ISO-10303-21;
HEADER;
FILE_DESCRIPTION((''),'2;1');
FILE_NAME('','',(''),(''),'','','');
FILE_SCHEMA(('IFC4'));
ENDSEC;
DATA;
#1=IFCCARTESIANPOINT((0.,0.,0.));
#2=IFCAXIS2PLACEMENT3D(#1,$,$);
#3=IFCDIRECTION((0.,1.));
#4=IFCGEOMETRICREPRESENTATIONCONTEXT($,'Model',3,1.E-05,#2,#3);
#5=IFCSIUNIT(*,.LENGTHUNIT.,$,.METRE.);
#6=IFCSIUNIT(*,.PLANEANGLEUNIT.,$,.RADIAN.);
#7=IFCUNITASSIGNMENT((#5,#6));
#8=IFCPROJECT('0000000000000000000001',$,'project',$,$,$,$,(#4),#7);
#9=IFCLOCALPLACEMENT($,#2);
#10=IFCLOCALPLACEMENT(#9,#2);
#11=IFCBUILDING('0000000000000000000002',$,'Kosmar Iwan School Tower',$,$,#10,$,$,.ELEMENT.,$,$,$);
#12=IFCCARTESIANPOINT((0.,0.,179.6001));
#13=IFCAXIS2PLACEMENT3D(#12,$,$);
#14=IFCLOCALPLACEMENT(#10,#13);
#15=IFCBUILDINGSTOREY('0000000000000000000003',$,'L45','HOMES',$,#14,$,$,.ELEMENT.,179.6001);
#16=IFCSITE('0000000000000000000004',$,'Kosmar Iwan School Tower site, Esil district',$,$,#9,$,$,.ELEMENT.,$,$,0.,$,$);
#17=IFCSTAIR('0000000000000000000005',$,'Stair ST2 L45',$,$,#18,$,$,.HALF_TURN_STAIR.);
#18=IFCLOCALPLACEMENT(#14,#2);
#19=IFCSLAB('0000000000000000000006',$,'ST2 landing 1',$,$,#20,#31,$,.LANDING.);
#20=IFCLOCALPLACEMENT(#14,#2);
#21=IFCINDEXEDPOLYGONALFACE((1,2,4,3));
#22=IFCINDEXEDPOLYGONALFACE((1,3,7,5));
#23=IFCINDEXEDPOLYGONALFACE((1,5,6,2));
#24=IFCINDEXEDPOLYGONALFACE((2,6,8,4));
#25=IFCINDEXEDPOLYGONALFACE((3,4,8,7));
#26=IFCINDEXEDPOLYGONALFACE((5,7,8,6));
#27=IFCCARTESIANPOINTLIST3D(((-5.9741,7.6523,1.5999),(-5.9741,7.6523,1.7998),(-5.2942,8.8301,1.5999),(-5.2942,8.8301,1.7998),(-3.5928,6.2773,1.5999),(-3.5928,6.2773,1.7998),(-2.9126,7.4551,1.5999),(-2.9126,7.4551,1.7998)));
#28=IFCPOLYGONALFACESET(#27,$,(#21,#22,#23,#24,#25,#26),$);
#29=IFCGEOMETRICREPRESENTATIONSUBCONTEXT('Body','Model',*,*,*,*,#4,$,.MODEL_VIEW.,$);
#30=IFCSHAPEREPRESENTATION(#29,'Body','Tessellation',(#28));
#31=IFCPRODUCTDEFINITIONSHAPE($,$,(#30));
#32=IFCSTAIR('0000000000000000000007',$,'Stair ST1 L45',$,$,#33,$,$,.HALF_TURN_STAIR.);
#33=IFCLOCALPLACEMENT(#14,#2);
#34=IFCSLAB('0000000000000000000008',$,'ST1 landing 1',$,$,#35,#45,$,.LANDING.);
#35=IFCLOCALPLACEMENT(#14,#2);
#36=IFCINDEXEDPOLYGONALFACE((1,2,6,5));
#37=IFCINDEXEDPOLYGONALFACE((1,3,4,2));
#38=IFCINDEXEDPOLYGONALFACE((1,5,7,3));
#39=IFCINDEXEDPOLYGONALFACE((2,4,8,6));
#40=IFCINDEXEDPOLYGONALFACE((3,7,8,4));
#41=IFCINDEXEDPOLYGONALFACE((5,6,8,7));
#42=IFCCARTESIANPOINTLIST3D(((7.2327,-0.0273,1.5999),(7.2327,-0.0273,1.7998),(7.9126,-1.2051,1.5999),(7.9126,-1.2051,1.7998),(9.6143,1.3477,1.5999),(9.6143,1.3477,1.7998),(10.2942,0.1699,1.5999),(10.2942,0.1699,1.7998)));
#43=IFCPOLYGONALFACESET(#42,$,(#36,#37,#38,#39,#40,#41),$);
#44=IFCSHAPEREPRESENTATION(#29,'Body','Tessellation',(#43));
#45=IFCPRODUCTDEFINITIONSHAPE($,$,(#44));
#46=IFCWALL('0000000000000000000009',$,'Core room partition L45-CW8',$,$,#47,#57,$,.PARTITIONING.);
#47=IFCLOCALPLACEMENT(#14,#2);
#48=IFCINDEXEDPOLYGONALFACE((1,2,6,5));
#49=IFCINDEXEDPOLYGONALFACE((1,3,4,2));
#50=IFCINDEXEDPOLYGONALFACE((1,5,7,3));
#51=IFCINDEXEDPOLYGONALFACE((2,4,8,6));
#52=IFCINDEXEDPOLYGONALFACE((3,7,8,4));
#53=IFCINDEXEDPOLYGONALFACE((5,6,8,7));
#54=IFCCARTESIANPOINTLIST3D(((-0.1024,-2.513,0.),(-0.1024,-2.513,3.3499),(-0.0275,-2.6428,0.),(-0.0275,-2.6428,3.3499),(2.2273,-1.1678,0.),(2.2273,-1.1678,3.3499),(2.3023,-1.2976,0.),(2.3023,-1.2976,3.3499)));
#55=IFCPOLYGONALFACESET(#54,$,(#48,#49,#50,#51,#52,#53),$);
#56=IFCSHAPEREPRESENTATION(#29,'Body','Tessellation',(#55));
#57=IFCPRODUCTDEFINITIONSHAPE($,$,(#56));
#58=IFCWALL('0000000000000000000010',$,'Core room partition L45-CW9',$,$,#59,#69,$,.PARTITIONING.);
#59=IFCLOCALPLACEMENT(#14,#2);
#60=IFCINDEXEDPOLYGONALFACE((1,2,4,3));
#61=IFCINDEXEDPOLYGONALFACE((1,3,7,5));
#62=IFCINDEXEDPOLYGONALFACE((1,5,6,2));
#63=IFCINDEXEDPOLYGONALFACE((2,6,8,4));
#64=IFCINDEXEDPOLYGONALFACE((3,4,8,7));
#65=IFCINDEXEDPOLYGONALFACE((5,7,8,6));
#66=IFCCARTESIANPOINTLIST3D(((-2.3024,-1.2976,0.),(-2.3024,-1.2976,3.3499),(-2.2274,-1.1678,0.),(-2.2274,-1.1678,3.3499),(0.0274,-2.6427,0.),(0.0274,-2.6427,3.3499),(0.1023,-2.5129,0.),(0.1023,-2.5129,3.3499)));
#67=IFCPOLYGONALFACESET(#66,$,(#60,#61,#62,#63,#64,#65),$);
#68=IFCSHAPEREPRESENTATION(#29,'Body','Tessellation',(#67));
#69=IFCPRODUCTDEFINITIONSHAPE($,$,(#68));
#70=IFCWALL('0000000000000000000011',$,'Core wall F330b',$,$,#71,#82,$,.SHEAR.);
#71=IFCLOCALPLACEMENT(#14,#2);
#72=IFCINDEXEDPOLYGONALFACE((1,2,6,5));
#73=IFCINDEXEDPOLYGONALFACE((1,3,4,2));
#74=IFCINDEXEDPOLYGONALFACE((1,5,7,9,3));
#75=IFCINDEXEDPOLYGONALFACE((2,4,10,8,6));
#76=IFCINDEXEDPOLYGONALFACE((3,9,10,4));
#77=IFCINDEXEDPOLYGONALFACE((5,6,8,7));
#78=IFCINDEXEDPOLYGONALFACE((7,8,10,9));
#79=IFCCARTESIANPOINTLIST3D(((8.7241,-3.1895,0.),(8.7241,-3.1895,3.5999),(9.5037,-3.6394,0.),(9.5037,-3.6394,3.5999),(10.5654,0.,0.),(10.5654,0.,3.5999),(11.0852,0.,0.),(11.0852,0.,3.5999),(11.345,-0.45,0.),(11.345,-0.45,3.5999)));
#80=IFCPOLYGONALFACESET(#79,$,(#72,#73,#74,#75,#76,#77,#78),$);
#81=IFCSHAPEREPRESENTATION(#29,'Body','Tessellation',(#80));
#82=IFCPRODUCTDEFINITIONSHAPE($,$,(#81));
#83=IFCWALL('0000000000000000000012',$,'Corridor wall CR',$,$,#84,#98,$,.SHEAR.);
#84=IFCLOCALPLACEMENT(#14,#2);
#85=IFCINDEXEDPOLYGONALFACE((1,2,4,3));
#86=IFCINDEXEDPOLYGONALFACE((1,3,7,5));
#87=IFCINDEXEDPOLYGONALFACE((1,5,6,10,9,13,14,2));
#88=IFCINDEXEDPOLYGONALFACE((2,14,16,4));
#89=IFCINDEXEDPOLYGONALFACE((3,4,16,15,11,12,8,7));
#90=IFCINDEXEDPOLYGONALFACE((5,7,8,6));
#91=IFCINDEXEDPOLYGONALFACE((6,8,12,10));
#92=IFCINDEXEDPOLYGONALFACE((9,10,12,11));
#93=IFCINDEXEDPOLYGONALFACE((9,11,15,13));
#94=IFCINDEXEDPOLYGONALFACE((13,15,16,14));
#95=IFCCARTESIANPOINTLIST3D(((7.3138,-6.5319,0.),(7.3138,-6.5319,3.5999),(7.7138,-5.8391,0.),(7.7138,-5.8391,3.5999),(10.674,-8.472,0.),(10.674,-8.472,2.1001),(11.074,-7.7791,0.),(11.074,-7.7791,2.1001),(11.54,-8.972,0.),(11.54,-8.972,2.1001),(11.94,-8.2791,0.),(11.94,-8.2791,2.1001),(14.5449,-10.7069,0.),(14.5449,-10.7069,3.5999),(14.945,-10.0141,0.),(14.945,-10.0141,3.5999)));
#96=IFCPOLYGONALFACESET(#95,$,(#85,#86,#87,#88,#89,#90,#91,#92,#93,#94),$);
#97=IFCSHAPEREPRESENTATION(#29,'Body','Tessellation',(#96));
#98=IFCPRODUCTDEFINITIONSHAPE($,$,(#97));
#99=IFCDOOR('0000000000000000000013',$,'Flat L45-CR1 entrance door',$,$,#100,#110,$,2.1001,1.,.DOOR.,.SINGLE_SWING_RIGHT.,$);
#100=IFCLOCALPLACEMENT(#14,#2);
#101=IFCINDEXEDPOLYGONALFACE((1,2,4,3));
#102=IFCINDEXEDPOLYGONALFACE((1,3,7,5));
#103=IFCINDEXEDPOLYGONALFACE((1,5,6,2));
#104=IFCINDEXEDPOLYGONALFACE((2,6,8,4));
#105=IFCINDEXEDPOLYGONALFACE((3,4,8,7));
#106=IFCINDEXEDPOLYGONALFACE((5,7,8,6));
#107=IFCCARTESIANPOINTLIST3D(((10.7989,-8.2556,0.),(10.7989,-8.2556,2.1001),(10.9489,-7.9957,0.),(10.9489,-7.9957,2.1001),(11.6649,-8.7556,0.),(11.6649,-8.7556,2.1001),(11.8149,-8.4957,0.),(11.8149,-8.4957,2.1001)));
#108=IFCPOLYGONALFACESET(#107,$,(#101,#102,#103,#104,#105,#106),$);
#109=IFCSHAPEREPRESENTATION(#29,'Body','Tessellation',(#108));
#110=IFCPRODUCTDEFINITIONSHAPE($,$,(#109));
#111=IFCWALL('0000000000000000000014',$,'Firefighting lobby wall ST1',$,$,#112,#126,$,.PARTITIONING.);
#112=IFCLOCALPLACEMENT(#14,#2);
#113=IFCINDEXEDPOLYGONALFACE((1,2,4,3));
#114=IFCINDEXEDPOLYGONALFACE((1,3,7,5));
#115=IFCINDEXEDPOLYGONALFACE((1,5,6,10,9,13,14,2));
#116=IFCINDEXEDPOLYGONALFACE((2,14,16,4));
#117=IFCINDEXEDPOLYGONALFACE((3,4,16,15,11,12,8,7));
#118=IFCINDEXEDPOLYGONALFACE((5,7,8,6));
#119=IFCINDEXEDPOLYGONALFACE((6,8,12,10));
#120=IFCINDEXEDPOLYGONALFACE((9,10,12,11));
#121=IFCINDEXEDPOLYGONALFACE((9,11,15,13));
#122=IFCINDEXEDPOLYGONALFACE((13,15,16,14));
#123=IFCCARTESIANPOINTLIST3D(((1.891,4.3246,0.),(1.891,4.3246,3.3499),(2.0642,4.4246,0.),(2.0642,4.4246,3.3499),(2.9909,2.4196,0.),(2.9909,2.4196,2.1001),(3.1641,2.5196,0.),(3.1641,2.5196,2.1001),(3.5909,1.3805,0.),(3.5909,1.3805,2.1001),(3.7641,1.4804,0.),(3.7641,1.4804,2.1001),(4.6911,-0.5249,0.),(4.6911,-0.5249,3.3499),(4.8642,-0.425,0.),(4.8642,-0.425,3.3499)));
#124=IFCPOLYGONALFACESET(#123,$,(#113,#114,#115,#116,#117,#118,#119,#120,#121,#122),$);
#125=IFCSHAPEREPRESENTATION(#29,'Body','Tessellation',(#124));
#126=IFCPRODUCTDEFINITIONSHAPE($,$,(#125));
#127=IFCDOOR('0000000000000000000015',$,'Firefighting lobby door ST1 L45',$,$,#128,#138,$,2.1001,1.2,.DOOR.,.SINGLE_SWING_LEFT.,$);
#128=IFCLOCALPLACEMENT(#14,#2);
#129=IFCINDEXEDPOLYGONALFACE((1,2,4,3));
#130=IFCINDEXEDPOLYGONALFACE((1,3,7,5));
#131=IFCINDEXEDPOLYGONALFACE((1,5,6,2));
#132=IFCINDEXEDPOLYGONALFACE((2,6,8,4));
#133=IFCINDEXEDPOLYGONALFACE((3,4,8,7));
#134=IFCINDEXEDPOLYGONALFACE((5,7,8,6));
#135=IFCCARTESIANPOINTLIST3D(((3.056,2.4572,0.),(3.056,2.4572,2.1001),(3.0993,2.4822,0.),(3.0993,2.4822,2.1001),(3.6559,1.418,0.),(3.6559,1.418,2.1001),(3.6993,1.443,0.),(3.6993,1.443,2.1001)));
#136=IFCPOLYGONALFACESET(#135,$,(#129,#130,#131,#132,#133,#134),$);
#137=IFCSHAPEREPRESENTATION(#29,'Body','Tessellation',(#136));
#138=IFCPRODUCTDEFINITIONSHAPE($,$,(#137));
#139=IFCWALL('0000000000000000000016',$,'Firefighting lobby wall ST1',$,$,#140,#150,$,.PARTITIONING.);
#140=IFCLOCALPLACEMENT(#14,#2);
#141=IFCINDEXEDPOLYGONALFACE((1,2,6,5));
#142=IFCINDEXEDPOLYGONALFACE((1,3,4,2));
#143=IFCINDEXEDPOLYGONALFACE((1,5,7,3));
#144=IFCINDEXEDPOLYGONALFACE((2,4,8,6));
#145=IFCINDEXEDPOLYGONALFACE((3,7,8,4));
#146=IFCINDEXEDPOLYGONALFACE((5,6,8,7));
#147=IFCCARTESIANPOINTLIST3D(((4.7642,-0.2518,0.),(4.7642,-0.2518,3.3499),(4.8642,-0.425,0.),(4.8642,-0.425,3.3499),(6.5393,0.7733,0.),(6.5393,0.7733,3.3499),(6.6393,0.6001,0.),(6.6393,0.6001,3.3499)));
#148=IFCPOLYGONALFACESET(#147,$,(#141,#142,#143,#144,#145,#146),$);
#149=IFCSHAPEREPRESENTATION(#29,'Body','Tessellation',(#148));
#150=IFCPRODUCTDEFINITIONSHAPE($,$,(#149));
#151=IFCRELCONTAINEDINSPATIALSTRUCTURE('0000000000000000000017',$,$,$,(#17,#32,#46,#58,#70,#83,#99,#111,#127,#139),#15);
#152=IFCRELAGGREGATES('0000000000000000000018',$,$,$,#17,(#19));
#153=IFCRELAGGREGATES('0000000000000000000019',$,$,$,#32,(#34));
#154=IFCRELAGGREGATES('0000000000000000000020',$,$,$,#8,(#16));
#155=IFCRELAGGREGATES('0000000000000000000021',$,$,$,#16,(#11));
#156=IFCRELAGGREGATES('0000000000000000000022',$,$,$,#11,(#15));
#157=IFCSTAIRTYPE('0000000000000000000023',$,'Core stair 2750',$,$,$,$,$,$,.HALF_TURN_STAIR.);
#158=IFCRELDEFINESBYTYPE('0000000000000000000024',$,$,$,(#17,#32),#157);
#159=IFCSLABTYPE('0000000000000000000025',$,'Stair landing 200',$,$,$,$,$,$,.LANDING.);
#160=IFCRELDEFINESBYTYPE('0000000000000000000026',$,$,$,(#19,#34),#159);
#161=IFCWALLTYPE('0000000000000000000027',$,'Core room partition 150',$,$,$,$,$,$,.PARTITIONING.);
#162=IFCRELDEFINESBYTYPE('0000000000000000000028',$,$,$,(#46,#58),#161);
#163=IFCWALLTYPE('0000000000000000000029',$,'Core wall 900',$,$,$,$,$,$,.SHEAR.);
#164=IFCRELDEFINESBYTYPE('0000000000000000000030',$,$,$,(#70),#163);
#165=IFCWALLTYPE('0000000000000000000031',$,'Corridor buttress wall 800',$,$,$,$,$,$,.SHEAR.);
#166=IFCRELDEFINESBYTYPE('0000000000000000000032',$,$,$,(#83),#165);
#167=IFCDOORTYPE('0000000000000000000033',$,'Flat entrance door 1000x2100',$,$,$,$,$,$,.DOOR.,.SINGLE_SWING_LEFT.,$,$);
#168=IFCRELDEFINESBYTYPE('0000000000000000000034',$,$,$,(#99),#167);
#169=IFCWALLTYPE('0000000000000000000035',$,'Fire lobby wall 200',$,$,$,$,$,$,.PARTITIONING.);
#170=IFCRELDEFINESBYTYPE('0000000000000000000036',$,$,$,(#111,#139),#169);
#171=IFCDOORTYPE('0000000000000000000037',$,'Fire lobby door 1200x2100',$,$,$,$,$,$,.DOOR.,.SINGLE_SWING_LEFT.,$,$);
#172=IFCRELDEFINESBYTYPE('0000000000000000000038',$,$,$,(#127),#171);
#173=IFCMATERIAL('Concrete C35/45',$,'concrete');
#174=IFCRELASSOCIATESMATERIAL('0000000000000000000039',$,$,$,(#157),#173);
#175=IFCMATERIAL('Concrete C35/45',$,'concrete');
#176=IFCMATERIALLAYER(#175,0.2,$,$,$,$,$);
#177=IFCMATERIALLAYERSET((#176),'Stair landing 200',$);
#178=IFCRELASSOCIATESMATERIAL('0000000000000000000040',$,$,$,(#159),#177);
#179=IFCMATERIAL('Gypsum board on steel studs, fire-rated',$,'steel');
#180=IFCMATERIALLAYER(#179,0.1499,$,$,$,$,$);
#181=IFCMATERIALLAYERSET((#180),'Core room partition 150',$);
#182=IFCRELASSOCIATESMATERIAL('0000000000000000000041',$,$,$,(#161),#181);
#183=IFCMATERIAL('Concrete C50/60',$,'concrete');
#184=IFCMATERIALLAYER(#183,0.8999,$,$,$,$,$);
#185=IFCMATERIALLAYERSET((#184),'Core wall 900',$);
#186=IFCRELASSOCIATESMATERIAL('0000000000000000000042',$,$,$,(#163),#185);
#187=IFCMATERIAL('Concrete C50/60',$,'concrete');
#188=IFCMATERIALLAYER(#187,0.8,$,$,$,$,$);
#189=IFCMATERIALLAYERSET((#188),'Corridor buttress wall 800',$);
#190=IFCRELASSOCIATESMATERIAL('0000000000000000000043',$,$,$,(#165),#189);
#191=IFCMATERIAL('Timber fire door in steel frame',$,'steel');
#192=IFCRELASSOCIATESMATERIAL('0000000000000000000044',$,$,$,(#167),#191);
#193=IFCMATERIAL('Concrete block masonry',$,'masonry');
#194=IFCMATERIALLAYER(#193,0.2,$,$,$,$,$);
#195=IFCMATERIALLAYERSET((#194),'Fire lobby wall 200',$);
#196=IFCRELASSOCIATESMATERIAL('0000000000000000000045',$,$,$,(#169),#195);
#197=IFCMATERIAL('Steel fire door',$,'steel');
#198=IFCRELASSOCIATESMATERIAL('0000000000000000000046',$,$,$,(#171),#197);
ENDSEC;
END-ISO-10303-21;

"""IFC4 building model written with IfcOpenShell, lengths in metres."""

from ifc_helpers import new_model, si_unit, direction, frame, frame_2d, origin, place, context, subcontext, project, spatial, polyline, rectangle, outline, extrude, material, layer, layer_set, type_object, element, fill, aggregate, save


model = new_model("IFC4")

# Units and contexts
model_context = context("Model", 3, precision=1e-05, world=origin(), true_north=direction((0.0, 1.0)))
body_context = subcontext(model_context, "Body", "Model", "MODEL_VIEW")
ifc_project = project(units=[si_unit("LENGTHUNIT", "METRE"), si_unit("PLANEANGLEUNIT", "RADIAN")], contexts=[model_context])

# Site, building, storey
site_placement = place(None, origin())
site = spatial("IfcSite", under=ifc_project, at=site_placement, Name="Kosmar Iwan School Tower site, Esil district", CompositionType="ELEMENT", RefElevation=0.0)
building_placement = place(site_placement, origin())
building = spatial("IfcBuilding", under=site, at=building_placement, Name="Kosmar Iwan School Tower", CompositionType="ELEMENT")
storey_placement = place(building_placement, frame((0.0, 0.0, 179.6001)))
storey = spatial("IfcBuildingStorey", under=building, at=storey_placement, Name="L45", Description="HOMES", CompositionType="ELEMENT", Elevation=179.6001)

# Stairs, slabs
ifc_material_1 = material(Name="Concrete C35/45", Category="concrete")
stair_type = type_object("IfcStairType", Name="Core stair 2750", PredefinedType="HALF_TURN_STAIR", material=ifc_material_1)
stair_1_placement = place(storey_placement, origin())
stair_1 = element("IfcStair", 1, at=stair_1_placement, inside=storey, type_object=stair_type, Name="Stair ST2 L45", PredefinedType="HALF_TURN_STAIR")
ifc_material_2 = material(Name="Concrete C35/45", Category="concrete")
ifc_layer_1 = layer(ifc_material_2, 0.2)
ifc_layer_set_1 = layer_set([ifc_layer_1], Name="Stair landing 200")
slab_type = type_object("IfcSlabType", Name="Stair landing 200", PredefinedType="LANDING", material=ifc_layer_set_1)
slab_1_placement = place(storey_placement, frame((0.0, 0.0, 1.5999)))
slab_1 = element("IfcSlab", 2, at=slab_1_placement, type_object=slab_type, Name="ST2 landing 1", PredefinedType="LANDING", context=body_context, shape_type="SweptSolid", body=[
    extrude(outline(polyline([(-2.9126, 7.4551), (-5.2942, 8.8301), (-5.9741, 7.6523), (-3.5928, 6.2773), (-2.9126, 7.4551)])), origin(), (0.0, 0.0, 1.0), 0.2),
])
aggregate(stair_1, [slab_1])
stair_2_placement = place(storey_placement, origin())
stair_2 = element("IfcStair", 3, at=stair_2_placement, inside=storey, type_object=stair_type, Name="Stair ST1 L45", PredefinedType="HALF_TURN_STAIR")
slab_2_placement = place(storey_placement, frame((0.0, 0.0, 1.5999)))
slab_2 = element("IfcSlab", 4, at=slab_2_placement, type_object=slab_type, Name="ST1 landing 1", PredefinedType="LANDING", context=body_context, shape_type="SweptSolid", body=[
    extrude(outline(polyline([(7.9126, -1.2051), (10.2942, 0.1699), (9.6143, 1.3477), (7.2327, -0.0273), (7.9126, -1.2051)])), origin(), (0.0, 0.0, 1.0), 0.2),
])
aggregate(stair_2, [slab_2])

# Walls
ifc_material_3 = material(Name="Gypsum board on steel studs, fire-rated", Category="steel")
ifc_layer_2 = layer(ifc_material_3, 0.1499)
ifc_layer_set_2 = layer_set([ifc_layer_2], Name="Core room partition 150")
wall_type_1 = type_object("IfcWallType", Name="Core room partition 150", PredefinedType="PARTITIONING", material=ifc_layer_set_2)
for number, where, z_axis, x_axis, name in (
    (5, (2.2649, -1.2327, 0.0), (0.0, 0.0, 1.0), (-0.866012, -0.500024, 0.0), "Core room partition L45-CW8"),
    (6, (0.0649, -2.5779, 0.0), (0.0, 0.0, 1.0), (-0.866012, 0.500024, 0.0), "Core room partition L45-CW9"),
):
    element("IfcWall", number, at=place(storey_placement, frame(where, z_axis=z_axis, x_axis=x_axis)), inside=storey, type_object=wall_type_1, Name=name, PredefinedType="PARTITIONING", context=body_context, shape_type="SweptSolid", body=[
        extrude(rectangle(XDim=2.6902, YDim=0.1499, at=frame_2d((1.3452, 0.0))), origin(), (0.0, 0.0, 1.0), 3.3499),
    ])
ifc_material_4 = material(Name="Concrete C50/60", Category="concrete")
ifc_layer_3 = layer(ifc_material_4, 0.8999)
ifc_layer_set_3 = layer_set([ifc_layer_3], Name="Core wall 900")
wall_type_2 = type_object("IfcWallType", Name="Core wall 900", PredefinedType="SHEAR", material=ifc_layer_set_3)
wall_1_placement = place(storey_placement, origin())
element("IfcWall", 7, at=wall_1_placement, inside=storey, type_object=wall_type_2, Name="Core wall F330b", PredefinedType="SHEAR", context=body_context, shape_type="SweptSolid", body=[
    extrude(outline(polyline([(9.5037, -3.6394), (11.345, -0.45), (11.0852, 0.0), (10.5654, 0.0), (8.7241, -3.1895), (9.5037, -3.6394)])), origin(), (0.0, 0.0, 1.0), 3.5999),
])

# Walls, openings, doors
ifc_material_5 = material(Name="Concrete C50/60", Category="concrete")
ifc_layer_4 = layer(ifc_material_5, 0.8)
ifc_layer_set_4 = layer_set([ifc_layer_4], Name="Corridor buttress wall 800")
wall_type_3 = type_object("IfcWallType", Name="Corridor buttress wall 800", PredefinedType="SHEAR", material=ifc_layer_set_4)
wall_2_placement = place(storey_placement, frame((7.5139, -6.1855, 0.0), z_axis=(0.0, 0.0, 1.0), x_axis=(0.86602, -0.50001, 0.0)))
wall_2 = element("IfcWall", 8, at=wall_2_placement, inside=storey, type_object=wall_type_3, Name="Corridor wall CR", PredefinedType="SHEAR", context=body_context, shape_type="SweptSolid", body=[
    extrude(rectangle(XDim=8.3499, YDim=0.8, at=frame_2d((4.1748, 0.0))), origin(), (0.0, 0.0, 1.0), 3.5999),
])
opening_1_placement = place(wall_2_placement, frame((3.8799, 0.0, 0.0)))
opening_1 = element("IfcOpeningElement", 9, at=opening_1_placement, cuts=wall_2, PredefinedType="OPENING", context=body_context, shape_type="SweptSolid", body=[
    extrude(rectangle(XDim=1.0, YDim=2.1001, at=frame_2d((0.5, 1.05))), frame((0.0, 0.4121, 0.0), z_axis=(0.0, -1.0, 0.0), x_axis=(1.0, 0.0, 0.0)), (0.0, 0.0, 1.0), 0.824),
])
ifc_material_6 = material(Name="Timber fire door in steel frame", Category="steel")
door_type_1 = type_object("IfcDoorType", Name="Flat entrance door 1000x2100", OperationType="SINGLE_SWING_LEFT", PredefinedType="DOOR", material=ifc_material_6)
door_1_placement = place(opening_1_placement, origin())
door_1 = element("IfcDoor", 10, at=door_1_placement, inside=storey, type_object=door_type_1, Name="Flat L45-CR1 entrance door", OperationType="SINGLE_SWING_RIGHT", OverallHeight=2.1001, OverallWidth=1.0, PredefinedType="DOOR", context=body_context, shape_type="SweptSolid", body=[
    extrude(rectangle(XDim=1.0, YDim=2.1001, at=frame_2d((0.5, 1.05))), frame((0.0, 0.1499, 0.0), z_axis=(0.0, -1.0, 0.0), x_axis=(1.0, 0.0, 0.0)), (0.0, 0.0, 1.0), 0.3),
])
fill(opening_1, door_1)
ifc_material_7 = material(Name="Concrete block masonry", Category="masonry")
ifc_layer_5 = layer(ifc_material_7, 0.2)
ifc_layer_set_5 = layer_set([ifc_layer_5], Name="Fire lobby wall 200")
wall_type_4 = type_object("IfcWallType", Name="Fire lobby wall 200", PredefinedType="PARTITIONING", material=ifc_layer_set_5)
wall_3_placement = place(storey_placement, frame((4.7776, -0.4749, 0.0), z_axis=(0.0, 0.0, 1.0), x_axis=(-0.500017, 0.866016, 0.0)))
wall_3 = element("IfcWall", 11, at=wall_3_placement, inside=storey, type_object=wall_type_4, Name="Firefighting lobby wall ST1", PredefinedType="PARTITIONING", context=body_context, shape_type="SweptSolid", body=[
    extrude(rectangle(XDim=5.5999, YDim=0.2, at=frame_2d((2.7998, 0.0))), origin(), (0.0, 0.0, 1.0), 3.3499),
])
opening_2_placement = place(wall_3_placement, frame((2.2, 0.0, 0.0)))
opening_2 = element("IfcOpeningElement", 12, at=opening_2_placement, cuts=wall_3, PredefinedType="OPENING", context=body_context, shape_type="SweptSolid", body=[
    extrude(rectangle(XDim=1.2, YDim=2.1001, at=frame_2d((0.6001, 1.05))), frame((0.0, 0.1121, 0.0), z_axis=(0.0, -1.0, 0.0), x_axis=(1.0, 0.0, 0.0)), (0.0, 0.0, 1.0), 0.2239),
])
ifc_material_8 = material(Name="Steel fire door", Category="steel")
door_type_2 = type_object("IfcDoorType", Name="Fire lobby door 1200x2100", OperationType="SINGLE_SWING_LEFT", PredefinedType="DOOR", material=ifc_material_8)
door_2_placement = place(opening_2_placement, origin())
door_2 = element("IfcDoor", 13, at=door_2_placement, inside=storey, type_object=door_type_2, Name="Firefighting lobby door ST1 L45", OperationType="SINGLE_SWING_LEFT", OverallHeight=2.1001, OverallWidth=1.2, PredefinedType="DOOR", context=body_context, shape_type="SweptSolid", body=[
    extrude(rectangle(XDim=1.2, YDim=2.1001, at=frame_2d((0.6001, 1.05))), frame((0.0, 0.0249, 0.0), z_axis=(0.0, -1.0, 0.0), x_axis=(1.0, 0.0, 0.0)), (0.0, 0.0, 1.0), 0.05),
])
fill(opening_2, door_2)

# Wall
wall_4_placement = place(storey_placement, frame((4.8142, -0.3384, 0.0), z_axis=(0.0, 0.0, 1.0), x_axis=(0.865969, 0.500097, 0.0)))
element("IfcWall", 14, at=wall_4_placement, inside=storey, type_object=wall_type_4, Name="Firefighting lobby wall ST1", PredefinedType="PARTITIONING", context=body_context, shape_type="SweptSolid", body=[
    extrude(rectangle(XDim=2.0498, YDim=0.2, at=frame_2d((1.0249, 0.0))), origin(), (0.0, 0.0, 1.0), 3.3499),
])

save(model, "model.ifc")
